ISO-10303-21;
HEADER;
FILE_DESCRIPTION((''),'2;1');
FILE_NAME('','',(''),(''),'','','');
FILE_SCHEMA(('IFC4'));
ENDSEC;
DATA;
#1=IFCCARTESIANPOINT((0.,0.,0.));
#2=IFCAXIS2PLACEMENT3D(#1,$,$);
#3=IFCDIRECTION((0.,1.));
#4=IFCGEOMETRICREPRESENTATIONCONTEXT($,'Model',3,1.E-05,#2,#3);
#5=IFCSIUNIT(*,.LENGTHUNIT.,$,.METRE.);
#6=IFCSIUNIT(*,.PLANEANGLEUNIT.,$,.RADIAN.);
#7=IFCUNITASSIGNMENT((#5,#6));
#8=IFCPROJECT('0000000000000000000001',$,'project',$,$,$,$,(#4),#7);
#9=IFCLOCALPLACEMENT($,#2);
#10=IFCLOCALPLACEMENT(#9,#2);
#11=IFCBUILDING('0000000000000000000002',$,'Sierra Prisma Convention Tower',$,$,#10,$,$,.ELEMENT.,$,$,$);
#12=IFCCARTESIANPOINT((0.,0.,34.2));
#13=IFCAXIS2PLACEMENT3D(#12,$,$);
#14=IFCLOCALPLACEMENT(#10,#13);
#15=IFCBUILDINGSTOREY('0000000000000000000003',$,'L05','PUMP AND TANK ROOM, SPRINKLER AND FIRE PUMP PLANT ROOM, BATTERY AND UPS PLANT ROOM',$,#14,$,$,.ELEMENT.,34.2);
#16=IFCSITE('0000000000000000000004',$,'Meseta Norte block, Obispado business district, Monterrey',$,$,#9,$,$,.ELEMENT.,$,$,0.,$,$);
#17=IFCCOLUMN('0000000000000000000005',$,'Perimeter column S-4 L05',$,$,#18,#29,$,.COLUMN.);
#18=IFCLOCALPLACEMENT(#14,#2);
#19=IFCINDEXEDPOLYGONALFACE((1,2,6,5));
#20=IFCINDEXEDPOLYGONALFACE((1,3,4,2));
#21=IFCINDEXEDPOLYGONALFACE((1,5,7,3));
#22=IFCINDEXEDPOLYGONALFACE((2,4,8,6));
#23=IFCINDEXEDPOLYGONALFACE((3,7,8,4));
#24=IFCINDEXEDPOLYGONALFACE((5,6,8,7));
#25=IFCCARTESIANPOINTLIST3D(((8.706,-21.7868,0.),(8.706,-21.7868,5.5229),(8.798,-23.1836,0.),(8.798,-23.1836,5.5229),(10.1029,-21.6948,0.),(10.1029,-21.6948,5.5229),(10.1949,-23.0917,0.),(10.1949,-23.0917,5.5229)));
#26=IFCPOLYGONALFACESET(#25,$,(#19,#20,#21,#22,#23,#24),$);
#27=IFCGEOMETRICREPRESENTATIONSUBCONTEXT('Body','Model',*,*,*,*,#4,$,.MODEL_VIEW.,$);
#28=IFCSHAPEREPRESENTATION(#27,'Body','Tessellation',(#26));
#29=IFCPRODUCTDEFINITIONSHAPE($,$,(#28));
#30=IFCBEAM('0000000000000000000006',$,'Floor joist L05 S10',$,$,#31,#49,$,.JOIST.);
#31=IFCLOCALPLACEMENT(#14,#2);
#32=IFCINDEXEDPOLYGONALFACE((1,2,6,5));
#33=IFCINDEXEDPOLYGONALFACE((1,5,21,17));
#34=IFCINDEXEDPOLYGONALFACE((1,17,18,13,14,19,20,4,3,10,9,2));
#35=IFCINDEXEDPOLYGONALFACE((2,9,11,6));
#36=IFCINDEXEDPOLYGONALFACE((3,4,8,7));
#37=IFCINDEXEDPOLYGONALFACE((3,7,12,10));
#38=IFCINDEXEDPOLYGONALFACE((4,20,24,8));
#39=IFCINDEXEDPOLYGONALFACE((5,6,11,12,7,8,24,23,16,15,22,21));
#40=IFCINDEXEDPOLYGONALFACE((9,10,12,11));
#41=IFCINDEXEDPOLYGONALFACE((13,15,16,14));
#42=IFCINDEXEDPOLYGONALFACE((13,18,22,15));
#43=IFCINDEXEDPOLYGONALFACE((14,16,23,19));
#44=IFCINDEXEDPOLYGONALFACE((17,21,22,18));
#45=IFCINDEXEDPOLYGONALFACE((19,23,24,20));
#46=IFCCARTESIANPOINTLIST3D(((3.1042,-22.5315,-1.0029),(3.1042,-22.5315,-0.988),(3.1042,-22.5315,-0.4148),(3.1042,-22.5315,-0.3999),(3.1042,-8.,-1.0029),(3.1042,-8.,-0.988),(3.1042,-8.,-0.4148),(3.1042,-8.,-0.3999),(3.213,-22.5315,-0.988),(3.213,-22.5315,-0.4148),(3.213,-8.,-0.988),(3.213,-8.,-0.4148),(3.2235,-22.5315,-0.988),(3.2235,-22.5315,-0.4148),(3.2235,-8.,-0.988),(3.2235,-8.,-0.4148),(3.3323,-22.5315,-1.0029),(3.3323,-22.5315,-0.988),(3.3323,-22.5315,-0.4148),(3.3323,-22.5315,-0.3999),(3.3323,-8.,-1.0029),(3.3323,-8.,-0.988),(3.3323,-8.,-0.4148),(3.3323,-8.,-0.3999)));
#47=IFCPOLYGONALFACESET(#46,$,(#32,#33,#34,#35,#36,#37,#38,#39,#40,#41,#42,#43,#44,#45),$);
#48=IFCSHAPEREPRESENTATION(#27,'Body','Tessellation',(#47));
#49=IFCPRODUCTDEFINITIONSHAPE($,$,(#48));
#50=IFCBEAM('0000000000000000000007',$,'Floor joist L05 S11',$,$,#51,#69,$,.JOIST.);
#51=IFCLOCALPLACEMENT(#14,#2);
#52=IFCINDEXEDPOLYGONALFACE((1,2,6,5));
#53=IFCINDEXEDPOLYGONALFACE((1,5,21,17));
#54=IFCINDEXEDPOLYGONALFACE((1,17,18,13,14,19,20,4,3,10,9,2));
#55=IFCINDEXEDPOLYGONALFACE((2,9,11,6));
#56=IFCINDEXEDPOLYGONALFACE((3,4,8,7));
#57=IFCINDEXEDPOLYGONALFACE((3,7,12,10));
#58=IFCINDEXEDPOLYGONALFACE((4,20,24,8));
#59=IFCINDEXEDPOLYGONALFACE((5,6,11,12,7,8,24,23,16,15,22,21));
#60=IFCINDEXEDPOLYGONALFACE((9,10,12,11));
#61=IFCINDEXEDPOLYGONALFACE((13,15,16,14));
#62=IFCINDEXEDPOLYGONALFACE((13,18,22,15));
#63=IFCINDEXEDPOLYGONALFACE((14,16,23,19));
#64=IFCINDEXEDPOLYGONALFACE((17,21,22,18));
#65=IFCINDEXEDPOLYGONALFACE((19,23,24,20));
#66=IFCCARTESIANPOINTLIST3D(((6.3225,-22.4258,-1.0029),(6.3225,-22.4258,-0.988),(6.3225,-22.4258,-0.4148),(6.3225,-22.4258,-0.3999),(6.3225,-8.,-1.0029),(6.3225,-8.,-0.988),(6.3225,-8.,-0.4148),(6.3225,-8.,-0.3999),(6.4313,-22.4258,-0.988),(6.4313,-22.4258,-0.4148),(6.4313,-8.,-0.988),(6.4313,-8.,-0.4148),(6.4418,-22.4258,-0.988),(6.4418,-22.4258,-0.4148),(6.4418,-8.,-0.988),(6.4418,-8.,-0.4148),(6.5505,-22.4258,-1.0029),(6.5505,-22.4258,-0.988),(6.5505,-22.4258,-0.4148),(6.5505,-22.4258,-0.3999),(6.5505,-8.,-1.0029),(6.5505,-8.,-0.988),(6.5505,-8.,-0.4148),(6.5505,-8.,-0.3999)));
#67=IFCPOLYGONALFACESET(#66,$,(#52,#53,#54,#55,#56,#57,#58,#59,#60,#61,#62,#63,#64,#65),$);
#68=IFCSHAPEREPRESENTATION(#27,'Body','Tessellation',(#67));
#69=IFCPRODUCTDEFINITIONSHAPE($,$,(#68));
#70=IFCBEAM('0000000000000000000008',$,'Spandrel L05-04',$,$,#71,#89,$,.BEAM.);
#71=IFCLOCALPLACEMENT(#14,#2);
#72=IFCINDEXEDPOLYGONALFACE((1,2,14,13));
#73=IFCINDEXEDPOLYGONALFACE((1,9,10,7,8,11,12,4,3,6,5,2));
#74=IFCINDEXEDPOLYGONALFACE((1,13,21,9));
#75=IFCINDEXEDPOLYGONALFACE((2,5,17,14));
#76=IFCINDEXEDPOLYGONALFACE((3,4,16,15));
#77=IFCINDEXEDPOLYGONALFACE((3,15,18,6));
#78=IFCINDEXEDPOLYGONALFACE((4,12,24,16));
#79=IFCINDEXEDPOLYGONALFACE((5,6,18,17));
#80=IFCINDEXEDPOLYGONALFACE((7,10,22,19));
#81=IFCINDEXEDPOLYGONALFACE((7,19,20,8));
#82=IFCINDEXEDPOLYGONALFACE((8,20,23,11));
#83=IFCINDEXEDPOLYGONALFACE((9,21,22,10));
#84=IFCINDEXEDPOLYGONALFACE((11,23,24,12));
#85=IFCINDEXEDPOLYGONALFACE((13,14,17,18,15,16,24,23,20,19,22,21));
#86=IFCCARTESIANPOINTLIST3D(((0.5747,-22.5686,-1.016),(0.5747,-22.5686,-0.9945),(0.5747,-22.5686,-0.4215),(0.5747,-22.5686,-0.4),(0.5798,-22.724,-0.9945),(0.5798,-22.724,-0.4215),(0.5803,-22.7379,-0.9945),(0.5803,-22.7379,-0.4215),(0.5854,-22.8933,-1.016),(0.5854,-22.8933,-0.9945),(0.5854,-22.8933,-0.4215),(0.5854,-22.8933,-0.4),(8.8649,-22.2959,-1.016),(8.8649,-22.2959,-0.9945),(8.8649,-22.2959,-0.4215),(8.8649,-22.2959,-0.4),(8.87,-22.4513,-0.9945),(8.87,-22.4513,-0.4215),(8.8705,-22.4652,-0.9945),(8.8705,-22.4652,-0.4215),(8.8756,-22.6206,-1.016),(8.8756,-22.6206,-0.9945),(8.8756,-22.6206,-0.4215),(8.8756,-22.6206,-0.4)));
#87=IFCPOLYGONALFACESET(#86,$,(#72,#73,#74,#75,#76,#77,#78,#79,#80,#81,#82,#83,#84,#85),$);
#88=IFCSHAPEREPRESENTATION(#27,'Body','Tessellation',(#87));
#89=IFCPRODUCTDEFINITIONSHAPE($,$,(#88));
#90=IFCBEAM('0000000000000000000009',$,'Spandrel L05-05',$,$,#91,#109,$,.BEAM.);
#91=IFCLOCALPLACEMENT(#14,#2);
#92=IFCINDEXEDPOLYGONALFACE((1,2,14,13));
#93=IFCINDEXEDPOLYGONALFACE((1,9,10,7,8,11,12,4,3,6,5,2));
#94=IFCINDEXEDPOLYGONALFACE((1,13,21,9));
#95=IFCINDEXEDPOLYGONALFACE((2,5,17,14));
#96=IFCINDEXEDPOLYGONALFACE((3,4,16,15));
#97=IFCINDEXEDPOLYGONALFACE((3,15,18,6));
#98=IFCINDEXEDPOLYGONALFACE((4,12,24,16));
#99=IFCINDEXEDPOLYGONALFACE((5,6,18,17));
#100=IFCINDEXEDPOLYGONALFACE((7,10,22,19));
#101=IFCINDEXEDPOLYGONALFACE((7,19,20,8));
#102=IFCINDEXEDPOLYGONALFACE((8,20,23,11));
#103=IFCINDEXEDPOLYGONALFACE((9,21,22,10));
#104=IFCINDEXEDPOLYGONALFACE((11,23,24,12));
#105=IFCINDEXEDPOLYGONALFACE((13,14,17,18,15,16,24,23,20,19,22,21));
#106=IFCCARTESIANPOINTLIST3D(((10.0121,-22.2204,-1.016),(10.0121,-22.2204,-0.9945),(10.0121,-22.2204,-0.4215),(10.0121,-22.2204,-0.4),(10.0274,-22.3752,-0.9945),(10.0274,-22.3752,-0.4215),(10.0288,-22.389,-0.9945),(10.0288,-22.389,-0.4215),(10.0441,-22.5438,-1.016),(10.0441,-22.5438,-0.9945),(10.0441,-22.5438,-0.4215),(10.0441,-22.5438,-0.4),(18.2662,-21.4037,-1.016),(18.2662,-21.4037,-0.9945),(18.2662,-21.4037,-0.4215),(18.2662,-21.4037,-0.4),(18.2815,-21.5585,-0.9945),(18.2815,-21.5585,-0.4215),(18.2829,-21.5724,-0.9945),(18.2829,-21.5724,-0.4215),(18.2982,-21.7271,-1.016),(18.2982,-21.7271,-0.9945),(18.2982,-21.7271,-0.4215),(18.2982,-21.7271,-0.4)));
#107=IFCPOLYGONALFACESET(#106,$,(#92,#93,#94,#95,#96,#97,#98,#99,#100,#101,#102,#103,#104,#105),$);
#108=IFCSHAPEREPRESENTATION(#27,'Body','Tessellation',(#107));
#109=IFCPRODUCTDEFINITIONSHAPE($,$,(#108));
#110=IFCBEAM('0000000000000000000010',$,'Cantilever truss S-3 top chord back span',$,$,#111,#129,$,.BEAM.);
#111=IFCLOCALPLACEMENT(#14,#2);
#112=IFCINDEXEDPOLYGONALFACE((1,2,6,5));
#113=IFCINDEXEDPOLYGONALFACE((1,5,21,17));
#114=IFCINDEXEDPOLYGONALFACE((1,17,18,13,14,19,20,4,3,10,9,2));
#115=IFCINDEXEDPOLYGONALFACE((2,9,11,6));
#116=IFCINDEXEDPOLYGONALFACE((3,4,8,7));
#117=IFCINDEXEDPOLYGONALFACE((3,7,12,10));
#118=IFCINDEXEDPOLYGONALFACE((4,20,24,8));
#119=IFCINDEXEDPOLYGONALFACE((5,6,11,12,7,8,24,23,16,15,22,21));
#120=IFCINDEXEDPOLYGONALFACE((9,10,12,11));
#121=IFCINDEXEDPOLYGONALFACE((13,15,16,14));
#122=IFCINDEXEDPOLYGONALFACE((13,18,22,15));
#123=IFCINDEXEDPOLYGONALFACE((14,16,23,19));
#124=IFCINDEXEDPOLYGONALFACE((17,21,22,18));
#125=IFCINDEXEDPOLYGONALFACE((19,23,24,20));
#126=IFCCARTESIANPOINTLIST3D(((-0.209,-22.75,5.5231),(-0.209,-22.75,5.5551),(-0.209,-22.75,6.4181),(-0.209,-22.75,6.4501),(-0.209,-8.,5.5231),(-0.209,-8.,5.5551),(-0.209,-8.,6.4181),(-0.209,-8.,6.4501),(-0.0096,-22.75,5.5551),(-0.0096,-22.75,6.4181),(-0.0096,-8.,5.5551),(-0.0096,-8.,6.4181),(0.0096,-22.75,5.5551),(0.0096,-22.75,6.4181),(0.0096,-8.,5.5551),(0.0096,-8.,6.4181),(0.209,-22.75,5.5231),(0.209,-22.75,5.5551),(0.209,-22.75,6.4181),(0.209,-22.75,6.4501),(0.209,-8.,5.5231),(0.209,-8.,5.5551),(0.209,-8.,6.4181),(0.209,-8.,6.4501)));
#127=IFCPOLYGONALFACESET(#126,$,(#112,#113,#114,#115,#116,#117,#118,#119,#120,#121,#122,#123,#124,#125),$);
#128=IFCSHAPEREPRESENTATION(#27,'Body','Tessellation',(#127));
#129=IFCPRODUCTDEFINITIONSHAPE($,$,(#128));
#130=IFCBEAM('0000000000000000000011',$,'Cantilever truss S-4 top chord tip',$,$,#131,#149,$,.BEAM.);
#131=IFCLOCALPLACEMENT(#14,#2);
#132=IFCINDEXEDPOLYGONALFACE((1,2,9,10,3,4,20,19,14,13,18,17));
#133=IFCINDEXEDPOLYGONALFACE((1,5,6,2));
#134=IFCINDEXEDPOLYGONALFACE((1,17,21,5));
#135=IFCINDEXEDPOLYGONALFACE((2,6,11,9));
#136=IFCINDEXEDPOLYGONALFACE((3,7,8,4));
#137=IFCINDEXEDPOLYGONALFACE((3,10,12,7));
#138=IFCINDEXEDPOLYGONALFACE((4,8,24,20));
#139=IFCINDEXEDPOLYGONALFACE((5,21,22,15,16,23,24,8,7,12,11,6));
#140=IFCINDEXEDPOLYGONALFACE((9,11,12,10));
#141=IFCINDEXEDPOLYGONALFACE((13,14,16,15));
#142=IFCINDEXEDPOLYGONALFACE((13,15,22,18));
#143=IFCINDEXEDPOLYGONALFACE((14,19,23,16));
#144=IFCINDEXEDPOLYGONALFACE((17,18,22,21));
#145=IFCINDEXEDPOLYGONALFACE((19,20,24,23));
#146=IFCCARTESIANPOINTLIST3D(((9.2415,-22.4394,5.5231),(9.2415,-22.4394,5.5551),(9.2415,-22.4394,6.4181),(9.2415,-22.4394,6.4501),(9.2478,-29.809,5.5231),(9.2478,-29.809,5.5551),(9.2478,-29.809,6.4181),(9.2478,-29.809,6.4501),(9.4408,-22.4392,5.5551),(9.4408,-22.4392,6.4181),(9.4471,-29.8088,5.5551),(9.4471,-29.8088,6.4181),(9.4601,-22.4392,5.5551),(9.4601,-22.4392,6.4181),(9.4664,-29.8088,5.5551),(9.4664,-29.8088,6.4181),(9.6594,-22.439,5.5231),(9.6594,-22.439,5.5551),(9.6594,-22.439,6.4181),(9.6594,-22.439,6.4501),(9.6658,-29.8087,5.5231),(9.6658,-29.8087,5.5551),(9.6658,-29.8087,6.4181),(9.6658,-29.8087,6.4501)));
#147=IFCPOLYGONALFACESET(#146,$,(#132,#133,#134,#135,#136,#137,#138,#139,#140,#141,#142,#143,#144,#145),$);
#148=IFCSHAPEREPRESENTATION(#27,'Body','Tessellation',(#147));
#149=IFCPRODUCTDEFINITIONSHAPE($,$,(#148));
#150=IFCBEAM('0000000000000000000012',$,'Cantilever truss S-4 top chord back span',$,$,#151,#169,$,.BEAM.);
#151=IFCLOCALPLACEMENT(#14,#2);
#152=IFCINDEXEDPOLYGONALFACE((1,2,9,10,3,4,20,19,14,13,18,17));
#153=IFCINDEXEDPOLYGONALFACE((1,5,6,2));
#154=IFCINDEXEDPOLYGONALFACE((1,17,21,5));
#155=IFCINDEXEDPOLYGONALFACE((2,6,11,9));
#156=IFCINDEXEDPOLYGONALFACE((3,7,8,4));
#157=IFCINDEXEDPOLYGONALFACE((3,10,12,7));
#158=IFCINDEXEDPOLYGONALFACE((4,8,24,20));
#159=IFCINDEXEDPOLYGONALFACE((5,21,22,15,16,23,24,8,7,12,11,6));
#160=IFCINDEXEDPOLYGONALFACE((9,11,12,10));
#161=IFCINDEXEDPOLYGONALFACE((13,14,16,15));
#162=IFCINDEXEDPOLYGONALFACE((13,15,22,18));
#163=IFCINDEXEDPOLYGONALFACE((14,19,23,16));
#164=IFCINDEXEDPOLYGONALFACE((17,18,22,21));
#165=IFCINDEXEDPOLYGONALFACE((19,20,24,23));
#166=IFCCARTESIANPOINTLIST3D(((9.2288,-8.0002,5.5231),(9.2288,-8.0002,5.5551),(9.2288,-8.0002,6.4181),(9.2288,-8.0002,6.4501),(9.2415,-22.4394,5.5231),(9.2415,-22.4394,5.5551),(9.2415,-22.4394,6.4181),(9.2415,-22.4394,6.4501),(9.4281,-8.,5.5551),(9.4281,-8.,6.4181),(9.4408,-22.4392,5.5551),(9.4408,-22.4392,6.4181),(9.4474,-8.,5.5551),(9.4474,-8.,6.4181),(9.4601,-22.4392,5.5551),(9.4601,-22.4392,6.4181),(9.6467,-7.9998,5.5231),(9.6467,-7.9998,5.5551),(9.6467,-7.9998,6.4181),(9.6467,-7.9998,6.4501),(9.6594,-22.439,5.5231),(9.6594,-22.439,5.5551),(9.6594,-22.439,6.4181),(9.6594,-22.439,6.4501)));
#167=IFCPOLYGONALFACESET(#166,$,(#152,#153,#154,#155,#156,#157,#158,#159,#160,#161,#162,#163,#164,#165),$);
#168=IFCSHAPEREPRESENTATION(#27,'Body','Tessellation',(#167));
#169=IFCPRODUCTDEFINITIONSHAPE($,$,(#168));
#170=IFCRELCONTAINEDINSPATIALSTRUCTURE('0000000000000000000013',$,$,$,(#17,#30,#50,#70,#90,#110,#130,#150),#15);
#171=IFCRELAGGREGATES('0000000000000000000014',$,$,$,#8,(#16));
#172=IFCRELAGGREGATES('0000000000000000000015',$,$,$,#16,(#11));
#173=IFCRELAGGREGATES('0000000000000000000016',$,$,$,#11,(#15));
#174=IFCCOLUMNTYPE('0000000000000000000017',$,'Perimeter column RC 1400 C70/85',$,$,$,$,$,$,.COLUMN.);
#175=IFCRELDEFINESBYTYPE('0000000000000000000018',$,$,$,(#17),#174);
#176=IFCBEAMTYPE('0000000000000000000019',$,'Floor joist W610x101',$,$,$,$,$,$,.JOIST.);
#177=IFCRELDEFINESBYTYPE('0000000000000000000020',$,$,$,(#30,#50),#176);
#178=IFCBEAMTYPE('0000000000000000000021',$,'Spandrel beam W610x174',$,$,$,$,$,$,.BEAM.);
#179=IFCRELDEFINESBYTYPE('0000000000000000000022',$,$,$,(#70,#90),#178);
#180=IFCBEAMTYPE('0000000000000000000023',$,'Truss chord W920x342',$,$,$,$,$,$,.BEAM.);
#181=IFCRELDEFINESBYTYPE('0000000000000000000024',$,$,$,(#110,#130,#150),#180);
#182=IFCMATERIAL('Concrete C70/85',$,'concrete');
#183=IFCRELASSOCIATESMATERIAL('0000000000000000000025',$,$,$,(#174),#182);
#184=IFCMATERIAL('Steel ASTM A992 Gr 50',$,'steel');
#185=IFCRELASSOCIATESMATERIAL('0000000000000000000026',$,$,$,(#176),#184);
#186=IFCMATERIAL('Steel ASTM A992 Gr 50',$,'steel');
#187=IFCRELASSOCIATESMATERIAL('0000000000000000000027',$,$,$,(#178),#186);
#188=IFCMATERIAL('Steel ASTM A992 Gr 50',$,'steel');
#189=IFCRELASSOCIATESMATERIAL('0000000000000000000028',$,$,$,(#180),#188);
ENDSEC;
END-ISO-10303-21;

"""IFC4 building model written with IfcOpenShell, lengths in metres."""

from ifc_helpers import new_model, si_unit, direction, frame, origin, origin_2d, place, context, subcontext, project, spatial, rectangle, i_section, extrude, material, material_profile, profile_set, type_object, element, save


model = new_model("IFC4")

# Units and contexts
model_context = context("Model", 3, precision=1e-05, world=origin(), true_north=direction((0.0, 1.0)))
body_context = subcontext(model_context, "Body", "Model", "MODEL_VIEW")
ifc_project = project(units=[si_unit("LENGTHUNIT", "METRE"), si_unit("PLANEANGLEUNIT", "RADIAN")], contexts=[model_context])

# Site, building, storey
site_placement = place(None, origin())
site = spatial("IfcSite", under=ifc_project, at=site_placement, Name="Meseta Norte block, Obispado business district, Monterrey", CompositionType="ELEMENT", RefElevation=0.0)
building_placement = place(site_placement, origin())
building = spatial("IfcBuilding", under=site, at=building_placement, Name="Sierra Prisma Convention Tower", CompositionType="ELEMENT")
storey_placement = place(building_placement, frame((0.0, 0.0, 34.2)))
storey = spatial("IfcBuildingStorey", under=building, at=storey_placement, Name="L05", Description="PUMP AND TANK ROOM, SPRINKLER AND FIRE PUMP PLANT ROOM, BATTERY AND UPS PLANT ROOM", CompositionType="ELEMENT", Elevation=34.2)

# Column
ifc_material_1 = material(Name="Concrete C70/85", Category="concrete")
ifc_material_profile_1 = material_profile(ifc_material_1, rectangle(XDim=1.3999, YDim=1.3999, at=origin_2d()), Name="Perimeter column RC 1400 C70/85")
ifc_profile_set_1 = profile_set([ifc_material_profile_1], Name="Concrete C70/85")
column_type = type_object("IfcColumnType", Name="Perimeter column RC 1400 C70/85", PredefinedType="COLUMN", material=ifc_profile_set_1)
column_placement = place(storey_placement, frame((9.4504, -22.4392, 0.0), z_axis=(0.0, 0.0, 1.0), x_axis=(0.997839, 0.065699, 0.0)))
element("IfcColumn", 1, at=column_placement, inside=storey, type_object=column_type, Name="Perimeter column S-4 L05", PredefinedType="COLUMN", context=body_context, shape_type="SweptSolid", body=[
    extrude(rectangle(XDim=1.3999, YDim=1.3999, at=origin_2d()), origin(), (0.0, 0.0, 1.0), 5.5229),
])

# Beams
ifc_material_2 = material(Name="Steel ASTM A992 Gr 50", Category="steel")
ifc_material_profile_2 = material_profile(ifc_material_2, i_section(OverallWidth=0.228, OverallDepth=0.603, WebThickness=0.0105, FlangeThickness=0.0149, at=origin_2d()), Name="W610x101")
ifc_profile_set_2 = profile_set([ifc_material_profile_2], Name="Steel ASTM A992 Gr 50")
beam_type_1 = type_object("IfcBeamType", Name="Floor joist W610x101", PredefinedType="JOIST", material=ifc_profile_set_2)
beam_1_placement = place(storey_placement, frame((3.2183, -22.5315, -0.7014), z_axis=(0.0, 1.0, 0.0), x_axis=(-1.0, 0.0, 0.0)))
element("IfcBeam", 2, at=beam_1_placement, inside=storey, type_object=beam_type_1, Name="Floor joist L05 S10", PredefinedType="JOIST", context=body_context, shape_type="SweptSolid", body=[
    extrude(i_section(OverallWidth=0.228, OverallDepth=0.603, WebThickness=0.0105, FlangeThickness=0.0149, at=origin_2d()), origin(), (0.0, 0.0, 1.0), 14.5315),
])
beam_2_placement = place(storey_placement, frame((6.4365, -22.4258, -0.7014), z_axis=(0.0, 1.0, 0.0), x_axis=(-1.0, 0.0, 0.0)))
element("IfcBeam", 3, at=beam_2_placement, inside=storey, type_object=beam_type_1, Name="Floor joist L05 S11", PredefinedType="JOIST", context=body_context, shape_type="SweptSolid", body=[
    extrude(i_section(OverallWidth=0.228, OverallDepth=0.603, WebThickness=0.0105, FlangeThickness=0.0149, at=origin_2d()), origin(), (0.0, 0.0, 1.0), 14.4258),
])
ifc_material_3 = material(Name="Steel ASTM A992 Gr 50", Category="steel")
ifc_material_profile_3 = material_profile(ifc_material_3, i_section(OverallWidth=0.325, OverallDepth=0.616, WebThickness=0.0139, FlangeThickness=0.0215, at=origin_2d()), Name="W610x174")
ifc_profile_set_3 = profile_set([ifc_material_profile_3], Name="Steel ASTM A992 Gr 50")
beam_type_2 = type_object("IfcBeamType", Name="Spandrel beam W610x174", PredefinedType="BEAM", material=ifc_profile_set_3)
beam_3_placement = place(storey_placement, frame((0.5801, -22.731, -0.708), z_axis=(0.999459, 0.032877, 0.0), x_axis=(-0.032877, 0.999459, 0.0)))
element("IfcBeam", 4, at=beam_3_placement, inside=storey, type_object=beam_type_2, Name="Spandrel L05-04", PredefinedType="BEAM", context=body_context, shape_type="SweptSolid", body=[
    extrude(i_section(OverallWidth=0.325, OverallDepth=0.616, WebThickness=0.0139, FlangeThickness=0.0215, at=origin_2d()), origin(), (0.0, 0.0, 1.0), 8.2947),
])
beam_4_placement = place(storey_placement, frame((10.0281, -22.3821, -0.708), z_axis=(0.995141, 0.098457, 0.0), x_axis=(-0.098457, 0.995141, 0.0)))
element("IfcBeam", 5, at=beam_4_placement, inside=storey, type_object=beam_type_2, Name="Spandrel L05-05", PredefinedType="BEAM", context=body_context, shape_type="SweptSolid", body=[
    extrude(i_section(OverallWidth=0.325, OverallDepth=0.616, WebThickness=0.0139, FlangeThickness=0.0215, at=origin_2d()), origin(), (0.0, 0.0, 1.0), 8.2944),
])
ifc_material_4 = material(Name="Steel ASTM A992 Gr 50", Category="steel")
ifc_material_profile_4 = material_profile(ifc_material_4, i_section(OverallWidth=0.418, OverallDepth=0.927, WebThickness=0.0193, FlangeThickness=0.032, at=origin_2d()), Name="W920x342")
ifc_profile_set_4 = profile_set([ifc_material_profile_4], Name="Steel ASTM A992 Gr 50")
beam_type_3 = type_object("IfcBeamType", Name="Truss chord W920x342", PredefinedType="BEAM", material=ifc_profile_set_4)
beam_5_placement = place(storey_placement, frame((0.0, -22.75, 5.9866), z_axis=(0.0, 1.0, 0.0), x_axis=(-1.0, 0.0, 0.0)))
element("IfcBeam", 6, at=beam_5_placement, inside=storey, type_object=beam_type_3, Name="Cantilever truss S-3 top chord back span", PredefinedType="BEAM", context=body_context, shape_type="SweptSolid", body=[
    extrude(i_section(OverallWidth=0.418, OverallDepth=0.927, WebThickness=0.0193, FlangeThickness=0.032, at=origin_2d()), origin(), (0.0, 0.0, 1.0), 14.75),
])
beam_6_placement = place(storey_placement, frame((9.4568, -29.8088, 5.9866), z_axis=(-0.000861, 1.0, 0.0), x_axis=(-1.0, -0.000861, 0.0)))
element("IfcBeam", 7, at=beam_6_placement, inside=storey, type_object=beam_type_3, Name="Cantilever truss S-4 top chord tip", PredefinedType="BEAM", context=body_context, shape_type="SweptSolid", body=[
    extrude(i_section(OverallWidth=0.418, OverallDepth=0.927, WebThickness=0.0193, FlangeThickness=0.032, at=origin_2d()), origin(), (0.0, 0.0, 1.0), 7.3696),
])
beam_7_placement = place(storey_placement, frame((9.4504, -22.4392, 5.9866), z_axis=(-0.000879, 1.0, 0.0), x_axis=(-1.0, -0.000879, 0.0)))
element("IfcBeam", 8, at=beam_7_placement, inside=storey, type_object=beam_type_3, Name="Cantilever truss S-4 top chord back span", PredefinedType="BEAM", context=body_context, shape_type="SweptSolid", body=[
    extrude(i_section(OverallWidth=0.418, OverallDepth=0.927, WebThickness=0.0193, FlangeThickness=0.032, at=origin_2d()), origin(), (0.0, 0.0, 1.0), 14.4392),
])

save(model, "model.ifc")
